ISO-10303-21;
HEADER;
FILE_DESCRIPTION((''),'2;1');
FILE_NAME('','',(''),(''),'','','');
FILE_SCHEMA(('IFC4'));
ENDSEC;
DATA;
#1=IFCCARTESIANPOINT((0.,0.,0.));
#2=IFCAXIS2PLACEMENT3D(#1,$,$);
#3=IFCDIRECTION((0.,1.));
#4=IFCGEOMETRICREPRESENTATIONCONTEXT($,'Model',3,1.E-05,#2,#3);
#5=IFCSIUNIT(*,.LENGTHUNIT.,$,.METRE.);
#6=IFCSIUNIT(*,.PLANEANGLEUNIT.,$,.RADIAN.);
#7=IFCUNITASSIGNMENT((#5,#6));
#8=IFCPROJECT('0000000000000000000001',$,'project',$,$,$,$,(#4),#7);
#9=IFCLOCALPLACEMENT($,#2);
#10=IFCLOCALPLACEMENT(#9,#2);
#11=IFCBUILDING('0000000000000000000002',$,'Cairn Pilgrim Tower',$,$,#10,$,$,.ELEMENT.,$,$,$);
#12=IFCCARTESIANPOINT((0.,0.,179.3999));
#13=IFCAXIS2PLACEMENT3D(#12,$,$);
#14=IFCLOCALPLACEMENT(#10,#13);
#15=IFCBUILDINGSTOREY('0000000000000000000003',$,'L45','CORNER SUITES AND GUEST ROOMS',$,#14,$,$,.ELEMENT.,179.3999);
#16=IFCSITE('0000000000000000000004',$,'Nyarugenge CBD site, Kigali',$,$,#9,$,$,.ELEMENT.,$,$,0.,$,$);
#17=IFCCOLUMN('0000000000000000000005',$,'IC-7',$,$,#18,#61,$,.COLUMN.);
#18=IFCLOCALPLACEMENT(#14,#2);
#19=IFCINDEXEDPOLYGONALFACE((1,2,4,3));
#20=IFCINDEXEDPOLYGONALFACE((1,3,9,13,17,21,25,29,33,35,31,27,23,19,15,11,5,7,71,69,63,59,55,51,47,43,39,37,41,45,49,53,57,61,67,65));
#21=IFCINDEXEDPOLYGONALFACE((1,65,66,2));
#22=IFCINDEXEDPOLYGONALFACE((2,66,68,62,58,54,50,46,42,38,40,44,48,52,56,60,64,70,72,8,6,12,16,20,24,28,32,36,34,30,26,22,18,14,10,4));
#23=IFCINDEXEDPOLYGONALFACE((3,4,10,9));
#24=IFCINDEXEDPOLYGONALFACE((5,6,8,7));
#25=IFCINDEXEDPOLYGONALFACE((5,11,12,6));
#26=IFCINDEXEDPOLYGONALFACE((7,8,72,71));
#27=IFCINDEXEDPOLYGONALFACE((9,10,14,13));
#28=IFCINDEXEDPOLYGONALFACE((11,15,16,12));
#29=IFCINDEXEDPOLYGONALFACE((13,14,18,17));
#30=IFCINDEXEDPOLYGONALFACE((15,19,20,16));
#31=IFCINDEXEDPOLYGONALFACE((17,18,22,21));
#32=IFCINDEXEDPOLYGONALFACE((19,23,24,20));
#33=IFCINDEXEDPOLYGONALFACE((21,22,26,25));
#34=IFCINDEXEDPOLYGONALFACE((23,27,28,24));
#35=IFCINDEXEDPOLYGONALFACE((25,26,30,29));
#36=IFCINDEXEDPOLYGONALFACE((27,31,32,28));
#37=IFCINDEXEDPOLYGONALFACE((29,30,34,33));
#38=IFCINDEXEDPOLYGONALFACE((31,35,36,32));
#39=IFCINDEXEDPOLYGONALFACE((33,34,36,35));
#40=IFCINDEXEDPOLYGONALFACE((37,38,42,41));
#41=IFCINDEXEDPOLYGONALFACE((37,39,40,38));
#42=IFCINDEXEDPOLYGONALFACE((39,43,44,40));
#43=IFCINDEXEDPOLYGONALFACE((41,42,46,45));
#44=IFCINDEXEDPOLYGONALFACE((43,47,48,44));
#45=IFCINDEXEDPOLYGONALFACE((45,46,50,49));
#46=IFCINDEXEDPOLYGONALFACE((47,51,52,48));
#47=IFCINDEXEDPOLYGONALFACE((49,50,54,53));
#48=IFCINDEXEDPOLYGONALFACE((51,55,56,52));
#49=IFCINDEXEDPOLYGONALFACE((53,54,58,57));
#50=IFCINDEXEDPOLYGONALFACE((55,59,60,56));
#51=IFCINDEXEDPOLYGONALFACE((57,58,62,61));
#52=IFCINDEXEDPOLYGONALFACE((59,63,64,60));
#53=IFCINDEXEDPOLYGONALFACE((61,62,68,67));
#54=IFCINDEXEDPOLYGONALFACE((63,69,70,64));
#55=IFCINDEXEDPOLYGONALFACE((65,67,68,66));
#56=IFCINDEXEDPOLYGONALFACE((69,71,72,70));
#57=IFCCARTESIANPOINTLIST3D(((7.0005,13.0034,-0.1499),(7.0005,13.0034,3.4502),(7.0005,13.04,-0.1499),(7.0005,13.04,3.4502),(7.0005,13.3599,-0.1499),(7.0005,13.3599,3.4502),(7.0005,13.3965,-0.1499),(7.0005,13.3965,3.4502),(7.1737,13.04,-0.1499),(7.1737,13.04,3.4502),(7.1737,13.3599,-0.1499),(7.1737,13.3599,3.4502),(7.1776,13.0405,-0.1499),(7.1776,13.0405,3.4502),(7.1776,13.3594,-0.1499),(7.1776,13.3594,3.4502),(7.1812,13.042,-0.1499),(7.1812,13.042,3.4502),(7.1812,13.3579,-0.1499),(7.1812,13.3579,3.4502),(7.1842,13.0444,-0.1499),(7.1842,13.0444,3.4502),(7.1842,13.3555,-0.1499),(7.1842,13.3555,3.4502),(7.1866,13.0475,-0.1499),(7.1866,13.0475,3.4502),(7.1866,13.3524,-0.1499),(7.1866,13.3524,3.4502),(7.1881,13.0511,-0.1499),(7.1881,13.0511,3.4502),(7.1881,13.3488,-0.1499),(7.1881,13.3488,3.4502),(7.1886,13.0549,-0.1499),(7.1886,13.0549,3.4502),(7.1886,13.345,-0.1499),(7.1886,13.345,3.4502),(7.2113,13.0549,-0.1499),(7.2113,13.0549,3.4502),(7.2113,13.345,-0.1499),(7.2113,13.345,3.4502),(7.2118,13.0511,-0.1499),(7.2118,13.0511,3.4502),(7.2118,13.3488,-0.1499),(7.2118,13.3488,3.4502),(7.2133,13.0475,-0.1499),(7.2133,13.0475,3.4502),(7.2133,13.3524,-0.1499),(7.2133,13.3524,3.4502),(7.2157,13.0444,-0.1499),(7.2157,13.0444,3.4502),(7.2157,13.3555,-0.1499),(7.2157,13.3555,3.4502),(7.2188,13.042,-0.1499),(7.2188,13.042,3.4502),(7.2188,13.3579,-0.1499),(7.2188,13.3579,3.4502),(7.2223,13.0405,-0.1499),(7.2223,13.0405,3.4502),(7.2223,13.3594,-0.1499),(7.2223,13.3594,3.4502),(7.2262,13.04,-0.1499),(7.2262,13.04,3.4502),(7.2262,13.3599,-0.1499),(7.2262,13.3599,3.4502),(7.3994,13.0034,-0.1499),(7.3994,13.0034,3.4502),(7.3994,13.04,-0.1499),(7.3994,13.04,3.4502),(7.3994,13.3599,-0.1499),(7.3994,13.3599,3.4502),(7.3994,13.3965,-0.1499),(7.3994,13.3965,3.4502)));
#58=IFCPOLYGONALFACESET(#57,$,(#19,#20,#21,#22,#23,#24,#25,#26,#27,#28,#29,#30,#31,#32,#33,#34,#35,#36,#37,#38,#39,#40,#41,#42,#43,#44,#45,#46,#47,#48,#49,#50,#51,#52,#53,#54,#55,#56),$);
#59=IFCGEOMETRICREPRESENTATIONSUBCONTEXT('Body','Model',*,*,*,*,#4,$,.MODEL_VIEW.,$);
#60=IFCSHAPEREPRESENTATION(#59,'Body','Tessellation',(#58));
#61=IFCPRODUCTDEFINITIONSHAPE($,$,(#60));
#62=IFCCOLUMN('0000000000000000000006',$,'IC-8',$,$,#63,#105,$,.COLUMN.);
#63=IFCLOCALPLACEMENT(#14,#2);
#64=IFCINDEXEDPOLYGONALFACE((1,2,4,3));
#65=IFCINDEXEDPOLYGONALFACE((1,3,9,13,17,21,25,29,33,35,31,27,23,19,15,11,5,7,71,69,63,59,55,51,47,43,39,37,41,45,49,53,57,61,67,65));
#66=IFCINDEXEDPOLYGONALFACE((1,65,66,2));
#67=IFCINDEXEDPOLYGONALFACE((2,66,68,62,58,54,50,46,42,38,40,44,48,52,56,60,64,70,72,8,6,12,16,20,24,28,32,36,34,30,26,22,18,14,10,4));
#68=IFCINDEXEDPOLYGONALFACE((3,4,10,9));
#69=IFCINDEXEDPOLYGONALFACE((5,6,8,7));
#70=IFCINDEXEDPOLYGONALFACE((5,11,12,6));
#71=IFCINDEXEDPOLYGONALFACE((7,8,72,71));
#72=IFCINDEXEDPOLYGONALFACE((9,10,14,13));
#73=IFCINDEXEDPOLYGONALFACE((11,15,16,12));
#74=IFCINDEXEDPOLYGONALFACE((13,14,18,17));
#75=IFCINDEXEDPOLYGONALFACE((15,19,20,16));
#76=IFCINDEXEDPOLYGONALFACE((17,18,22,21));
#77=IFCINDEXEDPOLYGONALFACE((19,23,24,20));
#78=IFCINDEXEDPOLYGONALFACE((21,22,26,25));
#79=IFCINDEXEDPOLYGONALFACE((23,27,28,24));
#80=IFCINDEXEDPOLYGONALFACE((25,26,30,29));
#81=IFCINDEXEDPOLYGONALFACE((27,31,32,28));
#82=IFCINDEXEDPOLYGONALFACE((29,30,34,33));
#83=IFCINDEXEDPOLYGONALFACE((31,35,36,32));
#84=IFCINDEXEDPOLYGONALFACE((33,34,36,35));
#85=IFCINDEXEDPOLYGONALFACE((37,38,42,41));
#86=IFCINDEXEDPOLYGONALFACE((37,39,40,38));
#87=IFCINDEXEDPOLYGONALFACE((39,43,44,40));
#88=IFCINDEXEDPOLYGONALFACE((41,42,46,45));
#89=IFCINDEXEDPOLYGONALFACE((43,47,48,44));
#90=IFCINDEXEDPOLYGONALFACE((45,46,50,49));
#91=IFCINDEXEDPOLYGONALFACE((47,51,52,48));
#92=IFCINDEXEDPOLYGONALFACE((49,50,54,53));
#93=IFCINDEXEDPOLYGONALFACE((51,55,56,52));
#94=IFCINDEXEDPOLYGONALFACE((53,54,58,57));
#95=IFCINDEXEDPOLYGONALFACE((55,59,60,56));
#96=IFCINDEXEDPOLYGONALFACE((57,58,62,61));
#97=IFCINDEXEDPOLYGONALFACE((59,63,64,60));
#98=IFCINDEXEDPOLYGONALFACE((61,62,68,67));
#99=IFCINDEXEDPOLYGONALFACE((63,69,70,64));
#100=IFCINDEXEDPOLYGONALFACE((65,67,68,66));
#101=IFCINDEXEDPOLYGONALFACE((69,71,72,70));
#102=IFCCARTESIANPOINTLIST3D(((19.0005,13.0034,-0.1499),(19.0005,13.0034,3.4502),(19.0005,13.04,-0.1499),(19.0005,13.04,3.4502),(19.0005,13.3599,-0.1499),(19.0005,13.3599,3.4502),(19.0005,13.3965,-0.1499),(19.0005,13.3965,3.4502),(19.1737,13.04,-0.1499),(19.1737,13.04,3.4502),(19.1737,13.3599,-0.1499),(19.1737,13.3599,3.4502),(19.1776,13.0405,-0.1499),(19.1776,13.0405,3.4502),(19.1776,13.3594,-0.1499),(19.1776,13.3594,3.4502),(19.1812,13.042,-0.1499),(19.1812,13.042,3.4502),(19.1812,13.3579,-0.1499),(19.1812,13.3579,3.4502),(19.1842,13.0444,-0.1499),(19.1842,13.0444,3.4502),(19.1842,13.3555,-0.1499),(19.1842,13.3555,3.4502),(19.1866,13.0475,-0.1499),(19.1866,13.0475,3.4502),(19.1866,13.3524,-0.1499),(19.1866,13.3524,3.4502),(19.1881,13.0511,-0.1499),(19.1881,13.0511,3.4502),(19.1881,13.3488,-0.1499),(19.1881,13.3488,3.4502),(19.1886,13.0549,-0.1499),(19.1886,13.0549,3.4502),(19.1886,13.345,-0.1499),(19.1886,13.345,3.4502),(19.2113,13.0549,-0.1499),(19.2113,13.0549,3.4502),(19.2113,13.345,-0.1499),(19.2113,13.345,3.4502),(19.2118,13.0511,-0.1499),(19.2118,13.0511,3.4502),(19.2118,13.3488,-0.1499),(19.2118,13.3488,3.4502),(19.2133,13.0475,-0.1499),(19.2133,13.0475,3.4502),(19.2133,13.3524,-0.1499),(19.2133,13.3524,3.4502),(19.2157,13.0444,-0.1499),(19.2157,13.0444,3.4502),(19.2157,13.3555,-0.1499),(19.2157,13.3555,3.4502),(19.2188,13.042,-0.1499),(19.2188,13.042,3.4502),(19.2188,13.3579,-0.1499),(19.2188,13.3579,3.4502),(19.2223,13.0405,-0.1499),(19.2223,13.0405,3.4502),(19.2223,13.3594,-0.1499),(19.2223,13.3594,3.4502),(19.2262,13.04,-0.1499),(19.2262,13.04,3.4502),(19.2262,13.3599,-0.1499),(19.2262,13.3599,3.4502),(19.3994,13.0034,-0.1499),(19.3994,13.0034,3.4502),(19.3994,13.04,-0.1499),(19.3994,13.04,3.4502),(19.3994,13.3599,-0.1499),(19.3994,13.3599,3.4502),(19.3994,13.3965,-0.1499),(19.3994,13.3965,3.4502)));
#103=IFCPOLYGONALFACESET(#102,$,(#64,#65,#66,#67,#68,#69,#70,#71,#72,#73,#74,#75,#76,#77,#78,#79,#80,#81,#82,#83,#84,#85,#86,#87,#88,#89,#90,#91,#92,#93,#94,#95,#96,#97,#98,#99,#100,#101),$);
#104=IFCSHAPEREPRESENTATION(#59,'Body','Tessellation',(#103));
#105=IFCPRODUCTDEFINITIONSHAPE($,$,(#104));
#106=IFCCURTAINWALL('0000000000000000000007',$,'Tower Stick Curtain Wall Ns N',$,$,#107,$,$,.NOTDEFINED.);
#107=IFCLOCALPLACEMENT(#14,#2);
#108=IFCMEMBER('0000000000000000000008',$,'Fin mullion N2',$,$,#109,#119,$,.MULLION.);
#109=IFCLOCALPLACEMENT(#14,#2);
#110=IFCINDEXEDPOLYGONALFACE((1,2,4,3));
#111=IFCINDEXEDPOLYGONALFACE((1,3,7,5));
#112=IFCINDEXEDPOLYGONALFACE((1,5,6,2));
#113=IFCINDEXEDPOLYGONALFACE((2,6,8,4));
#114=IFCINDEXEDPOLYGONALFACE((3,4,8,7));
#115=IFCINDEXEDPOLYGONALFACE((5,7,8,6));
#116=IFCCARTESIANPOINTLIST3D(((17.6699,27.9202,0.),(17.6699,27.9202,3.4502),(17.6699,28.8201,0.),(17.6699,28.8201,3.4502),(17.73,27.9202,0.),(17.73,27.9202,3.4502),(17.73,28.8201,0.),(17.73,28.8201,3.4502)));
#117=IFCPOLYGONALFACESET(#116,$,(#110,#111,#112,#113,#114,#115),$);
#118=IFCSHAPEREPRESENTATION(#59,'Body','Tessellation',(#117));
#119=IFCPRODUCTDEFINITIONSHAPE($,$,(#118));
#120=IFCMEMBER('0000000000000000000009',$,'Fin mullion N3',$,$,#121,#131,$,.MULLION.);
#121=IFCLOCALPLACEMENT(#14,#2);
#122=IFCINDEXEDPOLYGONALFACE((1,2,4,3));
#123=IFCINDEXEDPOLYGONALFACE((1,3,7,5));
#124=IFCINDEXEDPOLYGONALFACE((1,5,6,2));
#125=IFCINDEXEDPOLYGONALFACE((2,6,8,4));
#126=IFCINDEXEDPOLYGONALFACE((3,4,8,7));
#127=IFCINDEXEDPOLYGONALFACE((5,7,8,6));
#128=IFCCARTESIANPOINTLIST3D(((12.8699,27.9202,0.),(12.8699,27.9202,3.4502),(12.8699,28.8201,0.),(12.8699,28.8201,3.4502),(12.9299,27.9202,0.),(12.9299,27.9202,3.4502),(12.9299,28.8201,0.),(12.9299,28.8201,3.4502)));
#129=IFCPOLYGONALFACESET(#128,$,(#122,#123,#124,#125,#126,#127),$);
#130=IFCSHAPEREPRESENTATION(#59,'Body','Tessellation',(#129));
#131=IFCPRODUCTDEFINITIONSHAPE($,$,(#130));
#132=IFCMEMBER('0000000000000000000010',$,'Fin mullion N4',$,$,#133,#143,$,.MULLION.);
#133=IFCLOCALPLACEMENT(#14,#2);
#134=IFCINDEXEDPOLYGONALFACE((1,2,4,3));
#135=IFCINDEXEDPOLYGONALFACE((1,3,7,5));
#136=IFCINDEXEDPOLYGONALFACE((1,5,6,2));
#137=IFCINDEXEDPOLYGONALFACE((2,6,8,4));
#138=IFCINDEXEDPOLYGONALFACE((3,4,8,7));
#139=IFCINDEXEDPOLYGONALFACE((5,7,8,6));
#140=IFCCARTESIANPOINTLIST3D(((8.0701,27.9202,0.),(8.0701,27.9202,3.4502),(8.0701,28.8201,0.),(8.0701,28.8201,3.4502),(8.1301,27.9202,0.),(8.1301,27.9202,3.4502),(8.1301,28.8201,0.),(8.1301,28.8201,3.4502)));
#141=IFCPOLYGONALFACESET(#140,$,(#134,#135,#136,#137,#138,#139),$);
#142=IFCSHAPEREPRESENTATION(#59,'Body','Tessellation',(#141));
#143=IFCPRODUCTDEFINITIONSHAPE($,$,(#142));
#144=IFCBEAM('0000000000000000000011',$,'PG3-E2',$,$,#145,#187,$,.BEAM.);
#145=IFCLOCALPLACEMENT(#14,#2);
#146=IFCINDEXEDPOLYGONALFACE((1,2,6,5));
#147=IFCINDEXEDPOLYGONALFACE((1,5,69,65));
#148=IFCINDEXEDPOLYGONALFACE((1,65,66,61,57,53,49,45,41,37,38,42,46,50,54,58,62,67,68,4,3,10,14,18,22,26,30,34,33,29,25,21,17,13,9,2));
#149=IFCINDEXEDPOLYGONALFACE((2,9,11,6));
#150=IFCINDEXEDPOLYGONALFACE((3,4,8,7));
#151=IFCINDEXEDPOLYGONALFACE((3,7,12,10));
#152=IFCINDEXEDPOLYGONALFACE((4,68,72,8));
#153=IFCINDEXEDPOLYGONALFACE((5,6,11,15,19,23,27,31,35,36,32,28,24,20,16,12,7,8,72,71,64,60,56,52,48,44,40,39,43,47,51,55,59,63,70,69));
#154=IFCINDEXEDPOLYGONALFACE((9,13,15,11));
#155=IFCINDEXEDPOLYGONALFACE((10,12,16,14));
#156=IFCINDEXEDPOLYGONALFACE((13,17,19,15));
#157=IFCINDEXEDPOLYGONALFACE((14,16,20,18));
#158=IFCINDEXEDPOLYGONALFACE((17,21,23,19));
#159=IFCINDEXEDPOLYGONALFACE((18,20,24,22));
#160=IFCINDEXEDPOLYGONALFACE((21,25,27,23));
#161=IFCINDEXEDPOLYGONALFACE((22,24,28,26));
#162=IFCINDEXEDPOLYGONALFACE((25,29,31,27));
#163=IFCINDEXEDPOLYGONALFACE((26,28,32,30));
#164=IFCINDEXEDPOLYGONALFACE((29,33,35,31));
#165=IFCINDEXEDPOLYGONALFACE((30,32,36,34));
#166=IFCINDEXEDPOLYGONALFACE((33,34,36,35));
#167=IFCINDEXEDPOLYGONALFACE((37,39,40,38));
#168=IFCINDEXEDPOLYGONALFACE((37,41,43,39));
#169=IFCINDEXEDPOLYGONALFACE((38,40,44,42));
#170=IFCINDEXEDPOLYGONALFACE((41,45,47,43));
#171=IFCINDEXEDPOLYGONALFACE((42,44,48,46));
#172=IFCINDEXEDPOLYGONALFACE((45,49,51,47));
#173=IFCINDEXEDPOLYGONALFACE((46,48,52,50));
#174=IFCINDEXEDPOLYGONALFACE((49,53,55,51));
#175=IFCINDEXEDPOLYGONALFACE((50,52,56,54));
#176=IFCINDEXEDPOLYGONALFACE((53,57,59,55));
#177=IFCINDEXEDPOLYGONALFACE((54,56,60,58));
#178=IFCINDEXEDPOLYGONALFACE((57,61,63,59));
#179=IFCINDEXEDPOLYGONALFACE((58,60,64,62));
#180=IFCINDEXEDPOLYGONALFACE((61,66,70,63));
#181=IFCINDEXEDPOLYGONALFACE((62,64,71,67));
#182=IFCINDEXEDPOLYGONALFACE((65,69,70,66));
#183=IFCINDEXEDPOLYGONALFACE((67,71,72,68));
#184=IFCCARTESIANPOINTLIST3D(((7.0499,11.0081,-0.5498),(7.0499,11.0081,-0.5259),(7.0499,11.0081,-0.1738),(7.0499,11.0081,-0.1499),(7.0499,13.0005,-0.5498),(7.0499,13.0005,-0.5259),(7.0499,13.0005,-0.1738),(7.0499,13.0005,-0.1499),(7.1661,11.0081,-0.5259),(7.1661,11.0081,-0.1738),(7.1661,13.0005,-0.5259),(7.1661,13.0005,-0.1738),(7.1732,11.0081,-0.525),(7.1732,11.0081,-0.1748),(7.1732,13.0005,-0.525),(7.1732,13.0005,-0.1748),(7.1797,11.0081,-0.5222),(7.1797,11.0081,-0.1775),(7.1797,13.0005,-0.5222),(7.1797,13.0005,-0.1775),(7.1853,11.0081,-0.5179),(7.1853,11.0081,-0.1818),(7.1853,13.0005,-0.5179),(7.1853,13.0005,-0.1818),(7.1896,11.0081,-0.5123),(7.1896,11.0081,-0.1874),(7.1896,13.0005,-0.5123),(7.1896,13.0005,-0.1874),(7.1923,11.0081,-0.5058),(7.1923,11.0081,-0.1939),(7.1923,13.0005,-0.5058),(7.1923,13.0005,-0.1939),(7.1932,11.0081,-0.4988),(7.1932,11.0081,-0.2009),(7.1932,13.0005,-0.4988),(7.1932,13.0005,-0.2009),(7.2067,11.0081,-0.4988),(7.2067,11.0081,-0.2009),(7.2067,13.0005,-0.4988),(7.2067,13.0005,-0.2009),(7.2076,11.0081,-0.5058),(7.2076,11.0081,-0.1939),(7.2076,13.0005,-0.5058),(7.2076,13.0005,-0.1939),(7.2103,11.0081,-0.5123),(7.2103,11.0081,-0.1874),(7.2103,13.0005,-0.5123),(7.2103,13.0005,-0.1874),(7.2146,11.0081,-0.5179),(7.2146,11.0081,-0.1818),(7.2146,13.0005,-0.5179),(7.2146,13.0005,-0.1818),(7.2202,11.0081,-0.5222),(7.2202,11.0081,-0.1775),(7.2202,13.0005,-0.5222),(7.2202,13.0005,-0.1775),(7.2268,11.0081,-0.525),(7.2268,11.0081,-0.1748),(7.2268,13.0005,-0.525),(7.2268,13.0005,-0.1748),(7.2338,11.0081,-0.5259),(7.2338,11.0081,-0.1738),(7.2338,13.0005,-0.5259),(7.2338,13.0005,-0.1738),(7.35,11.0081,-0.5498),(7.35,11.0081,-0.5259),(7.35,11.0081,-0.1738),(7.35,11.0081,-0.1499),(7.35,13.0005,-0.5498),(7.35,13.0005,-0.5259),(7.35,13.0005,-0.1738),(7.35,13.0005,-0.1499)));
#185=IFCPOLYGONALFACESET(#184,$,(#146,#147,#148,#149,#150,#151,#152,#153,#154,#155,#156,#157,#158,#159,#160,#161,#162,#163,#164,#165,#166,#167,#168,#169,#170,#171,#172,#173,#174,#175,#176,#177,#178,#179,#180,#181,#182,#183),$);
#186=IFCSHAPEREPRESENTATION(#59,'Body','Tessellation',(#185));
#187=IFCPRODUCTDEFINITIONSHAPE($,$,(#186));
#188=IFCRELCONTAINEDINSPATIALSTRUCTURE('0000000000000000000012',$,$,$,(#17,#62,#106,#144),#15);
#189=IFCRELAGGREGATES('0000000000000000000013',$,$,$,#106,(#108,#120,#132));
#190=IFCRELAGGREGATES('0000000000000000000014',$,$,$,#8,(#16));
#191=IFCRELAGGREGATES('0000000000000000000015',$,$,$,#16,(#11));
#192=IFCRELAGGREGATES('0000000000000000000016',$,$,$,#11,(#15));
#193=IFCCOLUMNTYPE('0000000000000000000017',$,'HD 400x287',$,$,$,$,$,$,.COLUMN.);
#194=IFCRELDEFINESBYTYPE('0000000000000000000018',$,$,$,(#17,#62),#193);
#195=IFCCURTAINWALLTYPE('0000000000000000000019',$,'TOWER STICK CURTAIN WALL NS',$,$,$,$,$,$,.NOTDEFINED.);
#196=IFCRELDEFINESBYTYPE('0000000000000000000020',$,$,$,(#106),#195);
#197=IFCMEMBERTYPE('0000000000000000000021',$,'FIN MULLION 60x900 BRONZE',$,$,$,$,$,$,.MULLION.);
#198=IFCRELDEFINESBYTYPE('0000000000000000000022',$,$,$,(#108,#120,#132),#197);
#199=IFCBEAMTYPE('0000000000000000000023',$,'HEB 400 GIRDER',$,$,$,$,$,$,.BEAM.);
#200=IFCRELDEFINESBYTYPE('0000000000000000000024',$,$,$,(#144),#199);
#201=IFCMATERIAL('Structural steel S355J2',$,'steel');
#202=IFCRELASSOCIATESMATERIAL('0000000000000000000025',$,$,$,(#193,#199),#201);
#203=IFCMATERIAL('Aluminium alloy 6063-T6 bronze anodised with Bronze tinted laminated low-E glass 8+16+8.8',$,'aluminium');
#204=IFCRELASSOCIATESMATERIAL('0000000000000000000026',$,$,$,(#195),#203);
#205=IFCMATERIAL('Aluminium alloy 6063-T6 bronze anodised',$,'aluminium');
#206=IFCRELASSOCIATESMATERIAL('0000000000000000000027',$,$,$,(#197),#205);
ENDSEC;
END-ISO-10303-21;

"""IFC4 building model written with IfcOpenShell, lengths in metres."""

from ifc_helpers import new_model, si_unit, direction, frame, origin, origin_2d, place, context, subcontext, project, spatial, rectangle, i_section, extrude, material, material_profile, profile_set, type_object, element, aggregate, save


model = new_model("IFC4")

# Units and contexts
model_context = context("Model", 3, precision=1e-05, world=origin(), true_north=direction((0.0, 1.0)))
body_context = subcontext(model_context, "Body", "Model", "MODEL_VIEW")
ifc_project = project(units=[si_unit("LENGTHUNIT", "METRE"), si_unit("PLANEANGLEUNIT", "RADIAN")], contexts=[model_context])

# Site, building, storey
site_placement = place(None, origin())
site = spatial("IfcSite", under=ifc_project, at=site_placement, Name="Nyarugenge CBD site, Kigali", CompositionType="ELEMENT", RefElevation=0.0)
building_placement = place(site_placement, origin())
building = spatial("IfcBuilding", under=site, at=building_placement, Name="Cairn Pilgrim Tower", CompositionType="ELEMENT")
storey_placement = place(building_placement, frame((0.0, 0.0, 179.3999)))
storey = spatial("IfcBuildingStorey", under=building, at=storey_placement, Name="L45", Description="CORNER SUITES AND GUEST ROOMS", CompositionType="ELEMENT", Elevation=179.3999)

# Columns
ifc_material_1 = material(Name="Structural steel S355J2", Category="steel")
ifc_material_profile_1 = material_profile(ifc_material_1, i_section(OverallWidth=0.3989, OverallDepth=0.3931, WebThickness=0.0227, FlangeThickness=0.0366, FilletRadius=0.0149, at=origin_2d()), Name="HD 400x287")
ifc_profile_set_1 = profile_set([ifc_material_profile_1], Name="Structural steel S355J2")
column_type_1 = type_object("IfcColumnType", Name="HD 400x287", PredefinedType="COLUMN", material=ifc_profile_set_1)
for number, where, z_axis, x_axis, name in (
    (1, (7.2, 13.2, -0.1499), (0.0, 0.0, 1.0), (1.0, 0.0, 0.0), "IC-7"),
    (2, (19.2, 13.2, -0.1499), (0.0, 0.0, 1.0), (1.0, 0.0, 0.0), "IC-8"),
):
    element("IfcColumn", number, at=place(storey_placement, frame(where, z_axis=z_axis, x_axis=x_axis)), inside=storey, type_object=column_type_1, Name=name, PredefinedType="COLUMN", context=body_context, shape_type="SweptSolid", body=[
        extrude(i_section(OverallWidth=0.3989, OverallDepth=0.3931, WebThickness=0.0227, FlangeThickness=0.0366, FilletRadius=0.0149, at=origin_2d()), origin(), (0.0, 0.0, 1.0), 3.6001),
    ])

# Curtain wall, members
ifc_material_2 = material(Name="Aluminium alloy 6063-T6 bronze anodised with Bronze tinted laminated low-E glass 8+16+8.8", Category="aluminium")
curtain_wall_type = type_object("IfcCurtainWallType", Name="TOWER STICK CURTAIN WALL NS", PredefinedType="NOTDEFINED", material=ifc_material_2)
curtain_wall_placement = place(storey_placement, origin())
curtain_wall = element("IfcCurtainWall", 3, at=curtain_wall_placement, inside=storey, type_object=curtain_wall_type, Name="Tower Stick Curtain Wall Ns N", PredefinedType="NOTDEFINED")
ifc_material_3 = material(Name="Aluminium alloy 6063-T6 bronze anodised", Category="aluminium")
ifc_material_profile_2 = material_profile(ifc_material_3, rectangle(XDim=0.8999, YDim=0.0601, at=origin_2d()), Name="FIN MULLION 60x900 BRONZE")
ifc_profile_set_2 = profile_set([ifc_material_profile_2], Name="Aluminium alloy 6063-T6 bronze anodised")
member_type = type_object("IfcMemberType", Name="FIN MULLION 60x900 BRONZE", PredefinedType="MULLION", material=ifc_profile_set_2)
member_1_placement = place(storey_placement, frame((17.7, 28.3701, 0.0), z_axis=(0.0, 0.0, 1.0), x_axis=(0.0, 1.0, 0.0)))
member_1 = element("IfcMember", 4, at=member_1_placement, type_object=member_type, Name="Fin mullion N2", PredefinedType="MULLION", context=body_context, shape_type="SweptSolid", body=[
    extrude(rectangle(XDim=0.8999, YDim=0.0601, at=origin_2d()), origin(), (0.0, 0.0, 1.0), 3.4502),
])
member_2_placement = place(storey_placement, frame((12.8999, 28.3701, 0.0), z_axis=(0.0, 0.0, 1.0), x_axis=(0.0, 1.0, 0.0)))
member_2 = element("IfcMember", 5, at=member_2_placement, type_object=member_type, Name="Fin mullion N3", PredefinedType="MULLION", context=body_context, shape_type="SweptSolid", body=[
    extrude(rectangle(XDim=0.8999, YDim=0.0601, at=origin_2d()), origin(), (0.0, 0.0, 1.0), 3.4502),
])
member_3_placement = place(storey_placement, frame((8.1001, 28.3701, 0.0), z_axis=(0.0, 0.0, 1.0), x_axis=(0.0, 1.0, 0.0)))
member_3 = element("IfcMember", 6, at=member_3_placement, type_object=member_type, Name="Fin mullion N4", PredefinedType="MULLION", context=body_context, shape_type="SweptSolid", body=[
    extrude(rectangle(XDim=0.8999, YDim=0.0601, at=origin_2d()), origin(), (0.0, 0.0, 1.0), 3.4502),
])
aggregate(curtain_wall, [member_1, member_2, member_3])

# Beam
ifc_material_profile_3 = material_profile(ifc_material_1, i_section(OverallWidth=0.3, OverallDepth=0.3999, WebThickness=0.0134, FlangeThickness=0.0239, FilletRadius=0.0271, at=origin_2d()), Name="HEB 400")
ifc_profile_set_3 = profile_set([ifc_material_profile_3], Name="Structural steel S355J2")
beam_type_1 = type_object("IfcBeamType", Name="HEB 400 GIRDER", PredefinedType="BEAM", material=ifc_profile_set_3)
beam_1_placement = place(storey_placement, frame((7.2, 11.0081, -0.3499), z_axis=(0.0, 1.0, 0.0), x_axis=(-1.0, 0.0, 0.0)))
element("IfcBeam", 7, at=beam_1_placement, inside=storey, type_object=beam_type_1, Name="PG3-E2", PredefinedType="BEAM", context=body_context, shape_type="SweptSolid", body=[
    extrude(i_section(OverallWidth=0.3, OverallDepth=0.3999, WebThickness=0.0134, FlangeThickness=0.0239, FilletRadius=0.0271, at=origin_2d()), origin(), (0.0, 0.0, 1.0), 1.9924),
])

save(model, "model.ifc")
